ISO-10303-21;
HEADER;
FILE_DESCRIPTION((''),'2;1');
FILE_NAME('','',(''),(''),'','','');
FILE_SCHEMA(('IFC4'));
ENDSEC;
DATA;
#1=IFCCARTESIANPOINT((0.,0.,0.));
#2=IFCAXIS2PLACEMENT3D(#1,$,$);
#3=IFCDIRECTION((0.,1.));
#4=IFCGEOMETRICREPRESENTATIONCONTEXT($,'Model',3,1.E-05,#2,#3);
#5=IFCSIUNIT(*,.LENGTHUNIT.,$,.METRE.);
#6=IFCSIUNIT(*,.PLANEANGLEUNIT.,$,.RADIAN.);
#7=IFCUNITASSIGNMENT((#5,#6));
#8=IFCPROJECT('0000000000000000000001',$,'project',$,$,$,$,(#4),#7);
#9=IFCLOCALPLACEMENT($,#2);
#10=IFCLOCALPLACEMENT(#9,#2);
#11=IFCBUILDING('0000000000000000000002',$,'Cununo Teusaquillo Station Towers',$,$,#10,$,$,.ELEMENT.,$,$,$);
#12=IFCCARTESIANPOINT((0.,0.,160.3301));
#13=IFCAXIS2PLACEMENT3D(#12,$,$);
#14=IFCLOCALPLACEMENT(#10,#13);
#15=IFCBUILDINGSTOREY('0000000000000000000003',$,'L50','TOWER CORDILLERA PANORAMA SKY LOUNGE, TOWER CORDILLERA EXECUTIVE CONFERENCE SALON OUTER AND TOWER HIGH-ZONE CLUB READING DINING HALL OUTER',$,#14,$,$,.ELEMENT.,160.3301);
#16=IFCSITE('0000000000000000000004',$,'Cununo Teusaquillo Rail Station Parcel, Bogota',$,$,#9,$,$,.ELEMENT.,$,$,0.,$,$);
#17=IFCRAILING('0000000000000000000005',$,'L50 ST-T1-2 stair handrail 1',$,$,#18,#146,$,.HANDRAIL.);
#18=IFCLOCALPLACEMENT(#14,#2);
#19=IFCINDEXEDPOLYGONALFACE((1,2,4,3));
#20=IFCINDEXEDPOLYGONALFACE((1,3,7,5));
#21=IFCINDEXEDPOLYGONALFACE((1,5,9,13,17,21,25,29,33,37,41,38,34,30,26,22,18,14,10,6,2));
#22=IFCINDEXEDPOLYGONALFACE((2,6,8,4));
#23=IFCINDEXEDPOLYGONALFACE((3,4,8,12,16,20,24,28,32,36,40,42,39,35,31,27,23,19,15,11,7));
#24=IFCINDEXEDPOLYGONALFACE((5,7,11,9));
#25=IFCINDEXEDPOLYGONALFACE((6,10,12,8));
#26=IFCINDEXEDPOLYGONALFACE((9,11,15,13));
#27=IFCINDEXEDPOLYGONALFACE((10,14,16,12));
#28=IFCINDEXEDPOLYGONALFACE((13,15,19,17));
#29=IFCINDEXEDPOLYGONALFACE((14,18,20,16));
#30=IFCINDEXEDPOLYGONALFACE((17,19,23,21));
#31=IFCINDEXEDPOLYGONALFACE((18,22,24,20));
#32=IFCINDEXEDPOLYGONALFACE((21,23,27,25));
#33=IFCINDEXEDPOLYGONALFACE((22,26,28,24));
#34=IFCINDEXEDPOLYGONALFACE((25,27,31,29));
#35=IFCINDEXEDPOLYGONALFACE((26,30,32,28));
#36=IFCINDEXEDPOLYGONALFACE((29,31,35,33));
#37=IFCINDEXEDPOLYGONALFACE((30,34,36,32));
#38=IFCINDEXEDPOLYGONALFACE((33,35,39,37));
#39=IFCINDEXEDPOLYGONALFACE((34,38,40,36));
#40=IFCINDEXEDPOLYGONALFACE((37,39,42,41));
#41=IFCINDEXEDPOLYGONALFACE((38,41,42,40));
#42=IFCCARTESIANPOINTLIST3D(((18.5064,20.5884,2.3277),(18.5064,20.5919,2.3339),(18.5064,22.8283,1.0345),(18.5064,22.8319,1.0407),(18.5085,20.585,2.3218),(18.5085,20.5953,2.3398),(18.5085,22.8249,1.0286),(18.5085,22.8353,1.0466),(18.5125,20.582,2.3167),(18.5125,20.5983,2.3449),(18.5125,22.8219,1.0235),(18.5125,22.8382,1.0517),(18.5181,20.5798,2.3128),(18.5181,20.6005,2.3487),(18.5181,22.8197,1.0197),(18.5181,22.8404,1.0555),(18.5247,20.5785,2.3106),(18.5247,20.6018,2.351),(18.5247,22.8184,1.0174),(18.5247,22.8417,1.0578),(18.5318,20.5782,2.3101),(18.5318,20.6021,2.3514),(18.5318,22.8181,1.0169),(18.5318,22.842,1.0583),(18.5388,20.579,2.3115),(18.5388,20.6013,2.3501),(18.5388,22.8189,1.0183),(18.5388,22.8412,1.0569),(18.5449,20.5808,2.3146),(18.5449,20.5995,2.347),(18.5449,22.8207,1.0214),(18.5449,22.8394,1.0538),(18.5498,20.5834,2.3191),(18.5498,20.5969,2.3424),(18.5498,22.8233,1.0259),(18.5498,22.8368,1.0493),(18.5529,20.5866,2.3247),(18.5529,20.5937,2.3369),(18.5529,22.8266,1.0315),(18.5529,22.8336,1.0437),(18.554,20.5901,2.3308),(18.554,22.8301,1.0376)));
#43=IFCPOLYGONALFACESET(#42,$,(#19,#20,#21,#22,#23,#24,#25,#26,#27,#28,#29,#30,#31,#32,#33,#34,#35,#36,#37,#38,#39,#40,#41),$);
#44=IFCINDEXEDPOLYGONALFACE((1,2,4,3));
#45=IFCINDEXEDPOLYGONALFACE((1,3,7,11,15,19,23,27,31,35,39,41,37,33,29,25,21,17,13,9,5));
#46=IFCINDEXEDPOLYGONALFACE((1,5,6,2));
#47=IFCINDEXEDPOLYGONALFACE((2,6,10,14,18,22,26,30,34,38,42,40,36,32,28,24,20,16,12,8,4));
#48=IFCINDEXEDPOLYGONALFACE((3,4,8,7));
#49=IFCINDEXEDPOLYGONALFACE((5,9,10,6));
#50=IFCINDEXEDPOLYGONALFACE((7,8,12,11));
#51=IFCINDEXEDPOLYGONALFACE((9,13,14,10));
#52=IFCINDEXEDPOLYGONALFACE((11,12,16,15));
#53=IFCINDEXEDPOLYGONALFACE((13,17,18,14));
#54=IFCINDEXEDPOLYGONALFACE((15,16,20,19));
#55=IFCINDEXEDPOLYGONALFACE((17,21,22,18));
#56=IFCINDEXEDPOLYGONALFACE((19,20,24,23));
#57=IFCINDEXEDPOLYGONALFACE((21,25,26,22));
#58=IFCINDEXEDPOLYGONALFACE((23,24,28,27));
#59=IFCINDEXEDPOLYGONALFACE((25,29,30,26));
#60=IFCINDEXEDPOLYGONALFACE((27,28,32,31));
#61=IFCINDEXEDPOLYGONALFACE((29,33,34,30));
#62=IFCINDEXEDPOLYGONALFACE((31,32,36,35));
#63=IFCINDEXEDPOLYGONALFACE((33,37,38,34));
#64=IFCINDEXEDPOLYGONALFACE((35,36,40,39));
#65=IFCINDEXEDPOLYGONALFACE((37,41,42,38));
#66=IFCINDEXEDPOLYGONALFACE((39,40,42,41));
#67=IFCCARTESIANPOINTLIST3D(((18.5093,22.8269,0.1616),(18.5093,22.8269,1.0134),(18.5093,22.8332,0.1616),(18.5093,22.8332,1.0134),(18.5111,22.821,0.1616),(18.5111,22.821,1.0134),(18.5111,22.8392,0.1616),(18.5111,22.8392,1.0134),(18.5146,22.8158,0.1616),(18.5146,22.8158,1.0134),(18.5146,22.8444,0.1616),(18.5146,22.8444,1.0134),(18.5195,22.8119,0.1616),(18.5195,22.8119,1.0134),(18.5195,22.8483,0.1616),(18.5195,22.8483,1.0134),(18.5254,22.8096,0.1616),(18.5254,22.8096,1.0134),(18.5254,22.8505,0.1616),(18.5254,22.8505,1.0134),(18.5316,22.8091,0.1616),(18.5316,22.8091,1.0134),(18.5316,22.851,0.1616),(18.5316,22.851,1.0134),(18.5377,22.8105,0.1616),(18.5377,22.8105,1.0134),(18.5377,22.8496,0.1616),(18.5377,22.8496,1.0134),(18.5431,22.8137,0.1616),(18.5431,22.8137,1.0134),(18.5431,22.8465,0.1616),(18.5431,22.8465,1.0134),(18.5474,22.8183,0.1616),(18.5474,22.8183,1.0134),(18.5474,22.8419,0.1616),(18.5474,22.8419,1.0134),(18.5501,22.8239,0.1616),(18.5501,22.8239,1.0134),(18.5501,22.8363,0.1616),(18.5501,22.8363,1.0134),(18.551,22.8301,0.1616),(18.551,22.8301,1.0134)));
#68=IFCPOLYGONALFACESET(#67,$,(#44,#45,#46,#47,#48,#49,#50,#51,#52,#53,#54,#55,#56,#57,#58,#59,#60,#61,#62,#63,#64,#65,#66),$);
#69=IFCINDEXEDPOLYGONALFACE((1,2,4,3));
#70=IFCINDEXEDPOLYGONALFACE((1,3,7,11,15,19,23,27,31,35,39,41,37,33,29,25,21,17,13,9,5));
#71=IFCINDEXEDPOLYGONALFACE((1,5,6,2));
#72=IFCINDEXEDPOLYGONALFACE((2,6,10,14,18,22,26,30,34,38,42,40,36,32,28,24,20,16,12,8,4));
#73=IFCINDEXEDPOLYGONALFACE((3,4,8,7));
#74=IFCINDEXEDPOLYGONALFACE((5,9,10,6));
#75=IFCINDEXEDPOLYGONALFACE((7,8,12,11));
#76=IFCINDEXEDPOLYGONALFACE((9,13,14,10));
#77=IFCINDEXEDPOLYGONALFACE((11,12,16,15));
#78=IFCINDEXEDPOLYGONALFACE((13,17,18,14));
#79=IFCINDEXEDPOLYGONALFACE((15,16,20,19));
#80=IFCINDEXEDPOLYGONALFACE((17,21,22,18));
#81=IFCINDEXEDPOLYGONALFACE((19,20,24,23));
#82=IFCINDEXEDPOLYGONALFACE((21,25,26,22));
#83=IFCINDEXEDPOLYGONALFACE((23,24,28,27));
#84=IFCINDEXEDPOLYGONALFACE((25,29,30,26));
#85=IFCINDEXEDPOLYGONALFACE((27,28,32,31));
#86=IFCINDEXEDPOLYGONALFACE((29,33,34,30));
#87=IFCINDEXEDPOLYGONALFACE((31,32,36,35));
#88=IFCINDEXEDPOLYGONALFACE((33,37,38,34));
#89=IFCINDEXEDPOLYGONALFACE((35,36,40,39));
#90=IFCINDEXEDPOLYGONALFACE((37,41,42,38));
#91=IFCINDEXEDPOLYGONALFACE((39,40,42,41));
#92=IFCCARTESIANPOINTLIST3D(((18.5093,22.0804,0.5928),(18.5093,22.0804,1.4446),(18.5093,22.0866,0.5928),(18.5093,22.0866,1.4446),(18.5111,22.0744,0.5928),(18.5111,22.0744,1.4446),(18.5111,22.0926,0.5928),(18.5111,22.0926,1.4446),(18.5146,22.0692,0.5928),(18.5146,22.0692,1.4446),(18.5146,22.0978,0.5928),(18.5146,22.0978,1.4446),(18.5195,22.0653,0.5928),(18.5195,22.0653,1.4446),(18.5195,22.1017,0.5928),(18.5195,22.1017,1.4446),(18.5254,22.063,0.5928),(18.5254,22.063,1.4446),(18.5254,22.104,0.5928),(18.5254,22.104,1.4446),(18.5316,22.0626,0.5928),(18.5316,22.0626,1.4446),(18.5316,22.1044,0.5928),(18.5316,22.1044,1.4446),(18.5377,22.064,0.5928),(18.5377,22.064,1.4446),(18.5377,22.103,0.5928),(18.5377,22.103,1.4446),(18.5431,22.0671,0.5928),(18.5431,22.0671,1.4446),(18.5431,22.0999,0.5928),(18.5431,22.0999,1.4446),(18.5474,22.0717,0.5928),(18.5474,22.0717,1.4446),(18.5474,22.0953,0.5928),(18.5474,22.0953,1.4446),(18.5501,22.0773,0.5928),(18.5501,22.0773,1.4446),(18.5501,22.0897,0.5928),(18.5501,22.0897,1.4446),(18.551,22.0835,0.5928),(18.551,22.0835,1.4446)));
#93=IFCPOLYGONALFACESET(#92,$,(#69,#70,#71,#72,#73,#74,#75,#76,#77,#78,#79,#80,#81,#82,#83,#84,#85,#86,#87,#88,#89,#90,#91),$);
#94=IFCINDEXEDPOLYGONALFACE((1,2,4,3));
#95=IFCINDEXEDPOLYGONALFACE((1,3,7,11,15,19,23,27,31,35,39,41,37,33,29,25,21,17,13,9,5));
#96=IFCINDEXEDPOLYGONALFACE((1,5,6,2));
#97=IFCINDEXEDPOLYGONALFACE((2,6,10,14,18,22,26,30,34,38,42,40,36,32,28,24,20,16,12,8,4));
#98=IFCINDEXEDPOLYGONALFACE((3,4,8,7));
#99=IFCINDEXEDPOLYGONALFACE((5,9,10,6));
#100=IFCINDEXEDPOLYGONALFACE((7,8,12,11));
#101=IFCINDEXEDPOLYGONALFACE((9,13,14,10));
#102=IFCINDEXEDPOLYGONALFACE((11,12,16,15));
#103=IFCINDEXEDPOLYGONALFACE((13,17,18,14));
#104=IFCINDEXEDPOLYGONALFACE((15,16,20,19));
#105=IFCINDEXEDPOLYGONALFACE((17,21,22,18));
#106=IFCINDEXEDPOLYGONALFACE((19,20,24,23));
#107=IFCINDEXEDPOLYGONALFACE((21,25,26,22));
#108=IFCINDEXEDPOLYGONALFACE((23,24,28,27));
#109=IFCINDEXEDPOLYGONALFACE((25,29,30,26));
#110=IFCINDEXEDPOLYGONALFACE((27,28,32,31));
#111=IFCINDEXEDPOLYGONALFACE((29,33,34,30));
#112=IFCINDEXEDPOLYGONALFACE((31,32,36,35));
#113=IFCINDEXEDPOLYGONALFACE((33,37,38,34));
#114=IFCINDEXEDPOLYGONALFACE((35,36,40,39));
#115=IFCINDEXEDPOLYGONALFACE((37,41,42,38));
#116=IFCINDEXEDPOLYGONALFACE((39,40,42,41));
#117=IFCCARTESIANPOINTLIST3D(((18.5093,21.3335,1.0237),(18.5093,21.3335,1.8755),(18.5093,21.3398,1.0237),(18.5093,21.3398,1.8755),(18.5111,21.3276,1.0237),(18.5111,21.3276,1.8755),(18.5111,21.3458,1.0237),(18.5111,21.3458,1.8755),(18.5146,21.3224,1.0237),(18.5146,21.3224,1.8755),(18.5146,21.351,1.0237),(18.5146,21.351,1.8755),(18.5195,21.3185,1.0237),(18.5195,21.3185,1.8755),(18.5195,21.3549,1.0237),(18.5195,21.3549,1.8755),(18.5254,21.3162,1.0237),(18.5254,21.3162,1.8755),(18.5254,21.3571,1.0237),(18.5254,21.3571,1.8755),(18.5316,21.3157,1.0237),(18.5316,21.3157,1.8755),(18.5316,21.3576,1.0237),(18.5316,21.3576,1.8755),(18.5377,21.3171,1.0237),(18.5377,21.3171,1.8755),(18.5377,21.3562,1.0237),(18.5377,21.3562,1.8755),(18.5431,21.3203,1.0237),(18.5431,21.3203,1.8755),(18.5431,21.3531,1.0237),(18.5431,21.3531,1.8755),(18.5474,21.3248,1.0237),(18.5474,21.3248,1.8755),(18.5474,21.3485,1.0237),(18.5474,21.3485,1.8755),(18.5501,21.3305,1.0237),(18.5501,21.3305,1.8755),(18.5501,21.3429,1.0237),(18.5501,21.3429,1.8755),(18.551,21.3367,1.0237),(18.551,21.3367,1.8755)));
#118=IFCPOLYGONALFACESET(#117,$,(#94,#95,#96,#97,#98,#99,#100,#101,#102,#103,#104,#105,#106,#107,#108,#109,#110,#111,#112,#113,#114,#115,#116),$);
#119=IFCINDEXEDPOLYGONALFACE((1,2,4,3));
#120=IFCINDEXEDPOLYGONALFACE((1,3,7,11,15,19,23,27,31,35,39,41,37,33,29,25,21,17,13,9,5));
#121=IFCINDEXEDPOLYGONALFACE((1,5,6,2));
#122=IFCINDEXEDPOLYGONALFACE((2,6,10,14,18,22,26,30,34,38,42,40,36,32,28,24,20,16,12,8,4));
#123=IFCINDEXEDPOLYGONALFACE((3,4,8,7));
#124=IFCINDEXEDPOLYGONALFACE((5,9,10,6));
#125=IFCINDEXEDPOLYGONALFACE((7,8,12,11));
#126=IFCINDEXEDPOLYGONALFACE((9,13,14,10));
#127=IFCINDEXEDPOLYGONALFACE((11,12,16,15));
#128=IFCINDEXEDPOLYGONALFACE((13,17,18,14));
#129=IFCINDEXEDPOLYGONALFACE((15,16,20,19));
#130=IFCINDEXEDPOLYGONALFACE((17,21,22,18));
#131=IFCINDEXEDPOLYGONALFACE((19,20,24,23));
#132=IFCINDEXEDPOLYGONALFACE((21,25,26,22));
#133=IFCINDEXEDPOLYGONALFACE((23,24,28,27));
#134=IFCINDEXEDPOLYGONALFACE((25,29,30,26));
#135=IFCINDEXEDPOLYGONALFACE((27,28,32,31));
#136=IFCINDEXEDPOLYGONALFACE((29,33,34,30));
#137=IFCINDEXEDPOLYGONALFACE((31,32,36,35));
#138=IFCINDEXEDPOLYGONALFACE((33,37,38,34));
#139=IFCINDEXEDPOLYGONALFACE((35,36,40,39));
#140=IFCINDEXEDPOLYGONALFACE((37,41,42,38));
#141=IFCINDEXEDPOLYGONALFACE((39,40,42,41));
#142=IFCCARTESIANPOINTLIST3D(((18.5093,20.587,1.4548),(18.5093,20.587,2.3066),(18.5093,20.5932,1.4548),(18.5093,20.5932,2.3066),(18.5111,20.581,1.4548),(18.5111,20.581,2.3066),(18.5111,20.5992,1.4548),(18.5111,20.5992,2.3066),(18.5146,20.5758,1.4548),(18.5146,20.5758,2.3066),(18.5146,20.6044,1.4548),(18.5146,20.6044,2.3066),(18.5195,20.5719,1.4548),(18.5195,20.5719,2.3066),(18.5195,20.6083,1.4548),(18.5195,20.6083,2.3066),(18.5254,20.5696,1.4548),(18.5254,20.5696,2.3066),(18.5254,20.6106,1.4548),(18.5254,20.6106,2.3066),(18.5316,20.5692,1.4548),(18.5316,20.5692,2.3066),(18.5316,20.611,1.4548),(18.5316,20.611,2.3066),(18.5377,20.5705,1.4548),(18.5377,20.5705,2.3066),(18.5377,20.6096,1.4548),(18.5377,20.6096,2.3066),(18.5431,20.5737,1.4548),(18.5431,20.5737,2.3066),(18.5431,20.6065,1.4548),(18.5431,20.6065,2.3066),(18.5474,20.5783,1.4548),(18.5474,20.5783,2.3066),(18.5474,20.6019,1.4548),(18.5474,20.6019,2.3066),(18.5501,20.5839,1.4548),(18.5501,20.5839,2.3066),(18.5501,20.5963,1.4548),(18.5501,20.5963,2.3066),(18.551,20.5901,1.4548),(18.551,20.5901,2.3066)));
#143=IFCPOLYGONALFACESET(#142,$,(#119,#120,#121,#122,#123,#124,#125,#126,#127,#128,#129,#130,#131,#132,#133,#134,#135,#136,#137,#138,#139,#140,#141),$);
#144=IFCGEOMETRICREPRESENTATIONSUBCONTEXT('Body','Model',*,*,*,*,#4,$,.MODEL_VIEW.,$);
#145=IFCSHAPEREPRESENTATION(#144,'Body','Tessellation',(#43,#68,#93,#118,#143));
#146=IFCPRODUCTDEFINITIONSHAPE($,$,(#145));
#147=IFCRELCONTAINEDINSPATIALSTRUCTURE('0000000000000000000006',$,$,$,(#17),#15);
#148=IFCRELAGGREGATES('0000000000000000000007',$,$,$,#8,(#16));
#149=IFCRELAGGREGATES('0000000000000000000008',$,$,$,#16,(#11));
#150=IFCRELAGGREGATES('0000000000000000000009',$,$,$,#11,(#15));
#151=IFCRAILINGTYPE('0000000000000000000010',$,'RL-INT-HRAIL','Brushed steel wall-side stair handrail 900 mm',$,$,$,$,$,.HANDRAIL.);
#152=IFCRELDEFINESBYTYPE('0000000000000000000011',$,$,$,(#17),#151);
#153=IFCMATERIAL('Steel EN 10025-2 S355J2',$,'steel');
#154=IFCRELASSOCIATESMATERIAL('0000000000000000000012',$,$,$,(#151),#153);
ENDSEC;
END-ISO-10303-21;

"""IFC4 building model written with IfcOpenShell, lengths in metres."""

from ifc_helpers import new_model, si_unit, direction, frame, origin, origin_2d, place, context, subcontext, project, spatial, circle, extrude, material, type_object, element, save


model = new_model("IFC4")

# Units and contexts
model_context = context("Model", 3, precision=1e-05, world=origin(), true_north=direction((0.0, 1.0)))
body_context = subcontext(model_context, "Body", "Model", "MODEL_VIEW")
ifc_project = project(units=[si_unit("LENGTHUNIT", "METRE"), si_unit("PLANEANGLEUNIT", "RADIAN")], contexts=[model_context])

# Site, building, storey
site_placement = place(None, origin())
site = spatial("IfcSite", under=ifc_project, at=site_placement, Name="Cununo Teusaquillo Rail Station Parcel, Bogota", CompositionType="ELEMENT", RefElevation=0.0)
building_placement = place(site_placement, origin())
building = spatial("IfcBuilding", under=site, at=building_placement, Name="Cununo Teusaquillo Station Towers", CompositionType="ELEMENT")
storey_placement = place(building_placement, frame((0.0, 0.0, 160.3301)))
storey = spatial("IfcBuildingStorey", under=building, at=storey_placement, Name="L50", Description="TOWER CORDILLERA PANORAMA SKY LOUNGE, TOWER CORDILLERA EXECUTIVE CONFERENCE SALON OUTER AND TOWER HIGH-ZONE CLUB READING DINING HALL OUTER", CompositionType="ELEMENT", Elevation=160.3301)

# Railing
ifc_material_1 = material(Name="Steel EN 10025-2 S355J2", Category="steel")
railing_type_1 = type_object("IfcRailingType", Name="RL-INT-HRAIL", Description="Brushed steel wall-side stair handrail 900 mm", PredefinedType="HANDRAIL", material=ifc_material_1)
railing_1_placement = place(storey_placement, frame((18.53, 22.8301, 0.1616)))
element("IfcRailing", 1, at=railing_1_placement, inside=storey, type_object=railing_type_1, Name="L50 ST-T1-2 stair handrail 1", PredefinedType="HANDRAIL", context=body_context, shape_type="SweptSolid", body=[
    extrude(circle(Radius=0.0239, at=origin_2d()), frame((0.0, 0.0, 0.876), z_axis=(0.0, -0.866033, 0.499987), x_axis=(1.0, 0.0, 0.0)), (0.0, 0.0, 1.0), 2.5864),
    extrude(circle(Radius=0.021, at=origin_2d()), origin(), (0.0, 0.0, 1.0), 0.8518),
    extrude(circle(Radius=0.021, at=origin_2d()), frame((0.0, -0.7466, 0.4312)), (0.0, 0.0, 1.0), 0.8518),
    extrude(circle(Radius=0.021, at=origin_2d()), frame((0.0, -1.4934, 0.8621)), (0.0, 0.0, 1.0), 0.8518),
    extrude(circle(Radius=0.021, at=origin_2d()), frame((0.0, -2.24, 1.2932)), (0.0, 0.0, 1.0), 0.8518),
])

save(model, "model.ifc")
